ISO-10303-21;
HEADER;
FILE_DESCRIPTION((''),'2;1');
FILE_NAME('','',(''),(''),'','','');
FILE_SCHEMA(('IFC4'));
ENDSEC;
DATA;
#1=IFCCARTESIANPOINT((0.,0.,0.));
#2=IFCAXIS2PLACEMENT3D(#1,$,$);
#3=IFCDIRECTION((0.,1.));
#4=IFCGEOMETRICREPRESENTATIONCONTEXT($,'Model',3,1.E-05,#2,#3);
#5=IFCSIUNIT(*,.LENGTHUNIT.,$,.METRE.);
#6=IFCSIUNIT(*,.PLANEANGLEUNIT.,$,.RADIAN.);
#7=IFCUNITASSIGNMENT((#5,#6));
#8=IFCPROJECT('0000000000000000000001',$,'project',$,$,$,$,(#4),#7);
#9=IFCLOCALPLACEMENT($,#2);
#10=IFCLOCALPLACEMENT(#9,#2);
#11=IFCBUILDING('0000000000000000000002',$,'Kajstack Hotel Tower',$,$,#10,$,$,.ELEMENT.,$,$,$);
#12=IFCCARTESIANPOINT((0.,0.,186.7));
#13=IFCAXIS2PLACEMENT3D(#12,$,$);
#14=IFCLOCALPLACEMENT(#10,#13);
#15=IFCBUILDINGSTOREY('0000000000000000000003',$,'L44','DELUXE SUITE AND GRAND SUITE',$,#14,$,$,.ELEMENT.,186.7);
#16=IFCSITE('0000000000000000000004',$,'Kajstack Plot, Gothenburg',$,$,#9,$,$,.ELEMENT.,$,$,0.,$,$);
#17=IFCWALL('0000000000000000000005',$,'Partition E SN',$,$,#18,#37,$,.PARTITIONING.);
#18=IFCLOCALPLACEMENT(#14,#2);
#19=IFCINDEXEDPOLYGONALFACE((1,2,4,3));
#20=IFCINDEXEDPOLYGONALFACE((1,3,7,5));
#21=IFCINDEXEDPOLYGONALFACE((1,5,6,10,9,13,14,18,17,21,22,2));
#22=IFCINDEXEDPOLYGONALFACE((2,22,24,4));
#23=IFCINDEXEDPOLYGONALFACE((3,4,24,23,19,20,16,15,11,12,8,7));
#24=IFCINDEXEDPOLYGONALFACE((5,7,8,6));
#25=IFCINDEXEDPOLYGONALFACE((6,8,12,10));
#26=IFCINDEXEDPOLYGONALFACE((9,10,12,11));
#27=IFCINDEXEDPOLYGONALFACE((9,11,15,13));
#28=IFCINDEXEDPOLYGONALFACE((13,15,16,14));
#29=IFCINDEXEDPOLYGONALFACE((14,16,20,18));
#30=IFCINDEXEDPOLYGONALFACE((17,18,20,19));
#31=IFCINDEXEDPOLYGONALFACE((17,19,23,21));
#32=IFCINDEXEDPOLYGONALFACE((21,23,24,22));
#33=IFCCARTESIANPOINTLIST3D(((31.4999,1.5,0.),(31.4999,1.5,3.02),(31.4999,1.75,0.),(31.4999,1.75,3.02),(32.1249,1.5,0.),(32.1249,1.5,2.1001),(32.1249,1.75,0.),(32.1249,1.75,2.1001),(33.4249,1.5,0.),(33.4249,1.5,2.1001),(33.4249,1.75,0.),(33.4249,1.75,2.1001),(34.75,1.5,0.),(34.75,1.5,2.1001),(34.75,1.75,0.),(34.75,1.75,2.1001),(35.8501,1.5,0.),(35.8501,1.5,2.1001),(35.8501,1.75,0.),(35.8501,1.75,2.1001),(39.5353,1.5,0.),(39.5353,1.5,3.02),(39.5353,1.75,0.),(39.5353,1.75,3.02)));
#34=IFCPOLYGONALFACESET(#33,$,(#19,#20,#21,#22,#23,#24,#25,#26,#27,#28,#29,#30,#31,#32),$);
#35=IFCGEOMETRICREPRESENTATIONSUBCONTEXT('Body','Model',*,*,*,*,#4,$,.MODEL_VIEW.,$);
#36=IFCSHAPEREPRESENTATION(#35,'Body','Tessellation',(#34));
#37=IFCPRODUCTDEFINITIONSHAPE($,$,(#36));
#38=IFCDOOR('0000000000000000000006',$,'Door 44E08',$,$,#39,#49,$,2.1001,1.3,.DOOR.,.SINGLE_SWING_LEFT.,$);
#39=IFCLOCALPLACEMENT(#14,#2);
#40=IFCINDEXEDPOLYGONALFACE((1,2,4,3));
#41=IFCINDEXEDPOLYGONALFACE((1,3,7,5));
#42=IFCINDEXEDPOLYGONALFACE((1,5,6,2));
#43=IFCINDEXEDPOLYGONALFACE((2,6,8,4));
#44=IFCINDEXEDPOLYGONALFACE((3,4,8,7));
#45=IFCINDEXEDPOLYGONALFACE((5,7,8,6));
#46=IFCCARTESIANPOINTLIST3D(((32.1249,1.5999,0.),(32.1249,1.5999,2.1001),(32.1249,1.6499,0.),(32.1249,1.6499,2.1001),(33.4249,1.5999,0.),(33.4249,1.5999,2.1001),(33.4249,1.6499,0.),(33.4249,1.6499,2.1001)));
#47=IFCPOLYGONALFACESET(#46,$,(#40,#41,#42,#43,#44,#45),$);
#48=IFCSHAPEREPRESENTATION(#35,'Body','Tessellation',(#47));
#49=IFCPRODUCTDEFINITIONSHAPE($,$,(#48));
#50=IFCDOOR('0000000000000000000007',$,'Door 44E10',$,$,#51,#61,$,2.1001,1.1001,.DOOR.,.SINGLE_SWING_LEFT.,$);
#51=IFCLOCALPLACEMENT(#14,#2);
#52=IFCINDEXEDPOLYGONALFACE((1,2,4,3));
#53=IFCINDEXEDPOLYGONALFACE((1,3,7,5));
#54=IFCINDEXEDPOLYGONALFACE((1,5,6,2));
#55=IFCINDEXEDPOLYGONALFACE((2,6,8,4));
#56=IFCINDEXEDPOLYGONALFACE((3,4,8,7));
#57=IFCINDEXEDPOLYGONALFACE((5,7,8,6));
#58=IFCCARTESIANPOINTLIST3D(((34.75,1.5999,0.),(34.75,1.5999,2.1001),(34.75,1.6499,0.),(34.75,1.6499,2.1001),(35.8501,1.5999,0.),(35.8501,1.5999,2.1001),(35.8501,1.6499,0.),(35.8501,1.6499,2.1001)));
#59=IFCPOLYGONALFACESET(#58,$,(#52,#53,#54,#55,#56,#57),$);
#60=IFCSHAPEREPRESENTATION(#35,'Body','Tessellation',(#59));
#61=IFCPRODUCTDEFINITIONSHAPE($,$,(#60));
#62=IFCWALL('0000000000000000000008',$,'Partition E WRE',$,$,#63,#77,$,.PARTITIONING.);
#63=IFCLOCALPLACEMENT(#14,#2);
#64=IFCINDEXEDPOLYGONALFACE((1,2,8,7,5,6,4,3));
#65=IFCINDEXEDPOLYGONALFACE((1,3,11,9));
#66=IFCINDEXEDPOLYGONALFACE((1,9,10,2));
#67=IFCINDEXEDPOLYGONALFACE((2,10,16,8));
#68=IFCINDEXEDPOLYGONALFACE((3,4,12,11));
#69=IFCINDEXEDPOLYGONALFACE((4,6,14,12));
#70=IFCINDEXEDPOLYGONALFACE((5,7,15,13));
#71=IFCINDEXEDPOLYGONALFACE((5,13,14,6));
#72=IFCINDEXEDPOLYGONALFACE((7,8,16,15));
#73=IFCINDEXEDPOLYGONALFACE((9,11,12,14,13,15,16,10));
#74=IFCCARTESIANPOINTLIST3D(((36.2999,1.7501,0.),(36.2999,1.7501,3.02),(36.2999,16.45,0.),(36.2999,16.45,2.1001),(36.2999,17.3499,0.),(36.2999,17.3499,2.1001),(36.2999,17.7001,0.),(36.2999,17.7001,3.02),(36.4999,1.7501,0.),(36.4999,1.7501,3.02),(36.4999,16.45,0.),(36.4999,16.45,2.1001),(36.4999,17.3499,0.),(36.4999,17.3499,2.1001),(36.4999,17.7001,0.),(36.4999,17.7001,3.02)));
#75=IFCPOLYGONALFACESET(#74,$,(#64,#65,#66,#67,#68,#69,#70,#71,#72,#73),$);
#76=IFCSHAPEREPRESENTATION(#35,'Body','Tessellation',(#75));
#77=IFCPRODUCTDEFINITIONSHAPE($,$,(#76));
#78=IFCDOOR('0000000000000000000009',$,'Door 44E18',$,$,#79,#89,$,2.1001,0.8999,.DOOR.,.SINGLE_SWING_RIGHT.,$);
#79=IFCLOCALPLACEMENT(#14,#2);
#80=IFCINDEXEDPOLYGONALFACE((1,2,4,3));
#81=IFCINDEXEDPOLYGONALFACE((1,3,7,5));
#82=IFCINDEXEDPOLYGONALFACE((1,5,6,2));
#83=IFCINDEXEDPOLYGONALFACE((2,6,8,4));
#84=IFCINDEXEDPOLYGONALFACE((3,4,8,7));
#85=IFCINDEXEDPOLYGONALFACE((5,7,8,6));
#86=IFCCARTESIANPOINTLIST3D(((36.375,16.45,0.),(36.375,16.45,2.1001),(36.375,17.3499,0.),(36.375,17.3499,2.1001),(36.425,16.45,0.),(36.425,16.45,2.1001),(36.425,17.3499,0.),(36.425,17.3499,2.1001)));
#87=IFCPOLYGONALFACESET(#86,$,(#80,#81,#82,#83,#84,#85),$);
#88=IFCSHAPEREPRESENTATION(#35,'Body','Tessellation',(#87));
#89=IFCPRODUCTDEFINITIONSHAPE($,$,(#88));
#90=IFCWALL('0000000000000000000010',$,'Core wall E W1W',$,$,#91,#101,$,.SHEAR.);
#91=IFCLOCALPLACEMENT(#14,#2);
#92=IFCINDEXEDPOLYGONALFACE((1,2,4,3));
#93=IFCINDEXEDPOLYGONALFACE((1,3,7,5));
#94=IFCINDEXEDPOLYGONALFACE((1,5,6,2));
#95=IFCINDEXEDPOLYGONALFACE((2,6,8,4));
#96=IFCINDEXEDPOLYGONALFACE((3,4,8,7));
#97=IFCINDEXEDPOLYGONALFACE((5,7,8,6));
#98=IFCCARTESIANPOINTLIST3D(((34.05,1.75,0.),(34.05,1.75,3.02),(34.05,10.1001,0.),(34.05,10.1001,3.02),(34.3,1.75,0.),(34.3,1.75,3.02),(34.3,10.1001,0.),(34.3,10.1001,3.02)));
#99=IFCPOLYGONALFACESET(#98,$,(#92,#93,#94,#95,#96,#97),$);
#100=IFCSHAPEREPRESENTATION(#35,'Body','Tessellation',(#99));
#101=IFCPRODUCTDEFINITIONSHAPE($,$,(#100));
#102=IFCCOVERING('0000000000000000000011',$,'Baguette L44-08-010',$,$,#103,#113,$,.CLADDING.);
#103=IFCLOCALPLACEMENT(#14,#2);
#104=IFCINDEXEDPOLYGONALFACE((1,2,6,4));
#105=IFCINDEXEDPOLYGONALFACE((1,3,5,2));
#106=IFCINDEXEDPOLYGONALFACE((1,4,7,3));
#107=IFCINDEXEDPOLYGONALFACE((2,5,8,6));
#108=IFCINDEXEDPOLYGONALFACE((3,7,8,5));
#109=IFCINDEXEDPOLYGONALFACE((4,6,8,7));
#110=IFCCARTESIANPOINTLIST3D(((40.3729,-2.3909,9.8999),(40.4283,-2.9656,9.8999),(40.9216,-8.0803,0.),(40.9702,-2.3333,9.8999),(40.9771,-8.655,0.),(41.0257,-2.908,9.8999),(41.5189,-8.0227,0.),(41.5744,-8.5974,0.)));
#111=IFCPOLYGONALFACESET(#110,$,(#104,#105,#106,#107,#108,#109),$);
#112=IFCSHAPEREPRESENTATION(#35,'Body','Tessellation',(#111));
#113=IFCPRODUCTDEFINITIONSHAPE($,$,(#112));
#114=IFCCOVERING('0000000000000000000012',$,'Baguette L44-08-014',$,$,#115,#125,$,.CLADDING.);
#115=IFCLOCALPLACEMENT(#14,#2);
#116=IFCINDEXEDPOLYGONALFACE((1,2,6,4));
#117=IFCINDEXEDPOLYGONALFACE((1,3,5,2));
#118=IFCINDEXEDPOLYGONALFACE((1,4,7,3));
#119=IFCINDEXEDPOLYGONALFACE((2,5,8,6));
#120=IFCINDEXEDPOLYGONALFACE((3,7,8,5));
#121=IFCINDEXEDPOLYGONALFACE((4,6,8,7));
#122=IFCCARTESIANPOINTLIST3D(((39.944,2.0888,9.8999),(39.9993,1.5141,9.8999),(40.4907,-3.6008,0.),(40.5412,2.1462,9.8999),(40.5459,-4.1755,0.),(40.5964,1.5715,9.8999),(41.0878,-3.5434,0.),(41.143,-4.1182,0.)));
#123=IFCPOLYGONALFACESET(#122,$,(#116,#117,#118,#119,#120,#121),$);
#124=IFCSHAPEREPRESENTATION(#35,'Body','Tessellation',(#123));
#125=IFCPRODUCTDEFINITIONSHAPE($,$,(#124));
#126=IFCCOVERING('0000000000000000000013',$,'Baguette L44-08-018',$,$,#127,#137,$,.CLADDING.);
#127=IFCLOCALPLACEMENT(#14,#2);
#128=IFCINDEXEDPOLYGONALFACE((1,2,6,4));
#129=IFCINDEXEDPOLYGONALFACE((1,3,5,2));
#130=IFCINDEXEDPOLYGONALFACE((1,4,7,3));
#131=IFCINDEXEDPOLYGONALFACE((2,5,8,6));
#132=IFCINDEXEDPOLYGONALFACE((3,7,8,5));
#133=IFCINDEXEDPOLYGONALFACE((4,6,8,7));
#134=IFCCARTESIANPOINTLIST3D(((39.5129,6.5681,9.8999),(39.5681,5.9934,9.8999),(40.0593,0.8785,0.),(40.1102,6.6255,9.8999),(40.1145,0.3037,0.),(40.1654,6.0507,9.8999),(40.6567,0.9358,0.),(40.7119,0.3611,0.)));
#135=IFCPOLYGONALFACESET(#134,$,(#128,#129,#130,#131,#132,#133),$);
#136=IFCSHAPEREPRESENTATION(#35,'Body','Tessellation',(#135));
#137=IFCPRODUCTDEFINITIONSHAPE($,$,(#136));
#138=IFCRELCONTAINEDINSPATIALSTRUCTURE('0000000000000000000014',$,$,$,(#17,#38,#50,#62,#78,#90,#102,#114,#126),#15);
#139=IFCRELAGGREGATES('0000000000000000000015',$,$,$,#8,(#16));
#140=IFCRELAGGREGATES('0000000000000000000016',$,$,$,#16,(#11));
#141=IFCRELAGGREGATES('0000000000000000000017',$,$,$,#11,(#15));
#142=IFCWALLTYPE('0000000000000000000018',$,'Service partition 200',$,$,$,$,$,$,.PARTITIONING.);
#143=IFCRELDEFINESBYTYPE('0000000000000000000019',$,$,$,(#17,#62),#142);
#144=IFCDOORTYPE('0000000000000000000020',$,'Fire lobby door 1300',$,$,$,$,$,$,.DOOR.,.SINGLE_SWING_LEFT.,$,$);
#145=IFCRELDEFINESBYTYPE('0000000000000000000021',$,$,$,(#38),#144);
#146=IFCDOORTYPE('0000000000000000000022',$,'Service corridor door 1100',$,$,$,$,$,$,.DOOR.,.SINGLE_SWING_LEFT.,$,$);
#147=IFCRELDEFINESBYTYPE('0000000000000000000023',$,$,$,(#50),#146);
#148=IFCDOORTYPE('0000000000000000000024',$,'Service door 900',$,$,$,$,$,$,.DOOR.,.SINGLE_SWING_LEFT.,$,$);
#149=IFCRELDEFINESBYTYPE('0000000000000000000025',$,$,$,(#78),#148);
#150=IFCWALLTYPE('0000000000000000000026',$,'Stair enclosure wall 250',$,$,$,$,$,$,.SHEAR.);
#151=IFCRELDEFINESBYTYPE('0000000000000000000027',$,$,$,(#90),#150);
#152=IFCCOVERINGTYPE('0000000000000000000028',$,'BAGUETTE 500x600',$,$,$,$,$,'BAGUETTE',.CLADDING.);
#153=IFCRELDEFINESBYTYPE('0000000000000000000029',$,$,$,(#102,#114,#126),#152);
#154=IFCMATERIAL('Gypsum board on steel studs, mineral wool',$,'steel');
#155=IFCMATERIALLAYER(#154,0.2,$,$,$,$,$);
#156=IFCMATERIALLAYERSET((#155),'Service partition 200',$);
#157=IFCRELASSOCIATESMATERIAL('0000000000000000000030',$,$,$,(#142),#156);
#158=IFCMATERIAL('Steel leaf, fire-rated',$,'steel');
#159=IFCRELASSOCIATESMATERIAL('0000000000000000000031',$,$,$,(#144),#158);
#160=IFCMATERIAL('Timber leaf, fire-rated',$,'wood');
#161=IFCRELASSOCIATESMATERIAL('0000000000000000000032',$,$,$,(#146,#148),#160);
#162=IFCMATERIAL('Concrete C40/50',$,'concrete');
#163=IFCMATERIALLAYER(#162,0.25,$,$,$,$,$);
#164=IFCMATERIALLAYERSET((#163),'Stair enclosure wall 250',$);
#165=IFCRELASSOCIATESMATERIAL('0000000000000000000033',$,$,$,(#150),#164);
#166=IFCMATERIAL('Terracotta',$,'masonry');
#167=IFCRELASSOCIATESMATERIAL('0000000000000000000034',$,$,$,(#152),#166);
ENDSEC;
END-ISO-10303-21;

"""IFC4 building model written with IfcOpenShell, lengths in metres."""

from ifc_helpers import new_model, si_unit, direction, frame, frame_2d, origin, origin_2d, place, context, subcontext, project, spatial, polyline, rectangle, outline, extrude, material, layer, layer_set, material_profile, profile_set, type_object, element, fill, save


model = new_model("IFC4")

# Units and contexts
model_context = context("Model", 3, precision=1e-05, world=origin(), true_north=direction((0.0, 1.0)))
body_context = subcontext(model_context, "Body", "Model", "MODEL_VIEW")
ifc_project = project(units=[si_unit("LENGTHUNIT", "METRE"), si_unit("PLANEANGLEUNIT", "RADIAN")], contexts=[model_context])

# Site, building, storey
site_placement = place(None, origin())
site = spatial("IfcSite", under=ifc_project, at=site_placement, Name="Kajstack Plot, Gothenburg", CompositionType="ELEMENT", RefElevation=0.0)
building_placement = place(site_placement, origin())
building = spatial("IfcBuilding", under=site, at=building_placement, Name="Kajstack Hotel Tower", CompositionType="ELEMENT")
storey_placement = place(building_placement, frame((0.0, 0.0, 186.7)))
storey = spatial("IfcBuildingStorey", under=building, at=storey_placement, Name="L44", Description="DELUXE SUITE AND GRAND SUITE", CompositionType="ELEMENT", Elevation=186.7)

# Wall, openings, doors
ifc_material_1 = material(Name="Gypsum board on steel studs, mineral wool", Category="steel")
ifc_layer_1 = layer(ifc_material_1, 0.2)
ifc_layer_set_1 = layer_set([ifc_layer_1], Name="Service partition 200")
wall_type_1 = type_object("IfcWallType", Name="Service partition 200", PredefinedType="PARTITIONING", material=ifc_layer_set_1)
wall_1_placement = place(storey_placement, frame((31.5, 1.625, 0.0), z_axis=(0.0, 0.0, 1.0), x_axis=(1.0, 0.0, 0.0)))
wall_1 = element("IfcWall", 1, at=wall_1_placement, inside=storey, type_object=wall_type_1, Name="Partition E SN", PredefinedType="PARTITIONING", context=body_context, shape_type="SweptSolid", body=[
    extrude(rectangle(XDim=8.0354, YDim=0.25, at=frame_2d((4.0176, 0.0))), origin(), (0.0, 0.0, 1.0), 3.02),
])
opening_1_placement = place(wall_1_placement, frame((0.625, 0.0, 0.0)))
opening_1 = element("IfcOpeningElement", 2, at=opening_1_placement, cuts=wall_1, PredefinedType="OPENING", context=body_context, shape_type="SweptSolid", body=[
    extrude(rectangle(XDim=1.3, YDim=2.1001, at=frame_2d((0.6499, 1.05))), frame((0.0, 0.135, 0.0), z_axis=(0.0, -1.0, 0.0), x_axis=(1.0, 0.0, 0.0)), (0.0, 0.0, 1.0), 0.27),
])
opening_2_placement = place(wall_1_placement, frame((3.25, 0.0, 0.0)))
opening_2 = element("IfcOpeningElement", 3, at=opening_2_placement, cuts=wall_1, PredefinedType="OPENING", context=body_context, shape_type="SweptSolid", body=[
    extrude(rectangle(XDim=1.1001, YDim=2.1001, at=frame_2d((0.55, 1.05))), frame((0.0, 0.135, 0.0), z_axis=(0.0, -1.0, 0.0), x_axis=(1.0, 0.0, 0.0)), (0.0, 0.0, 1.0), 0.27),
])
ifc_material_2 = material(Name="Steel leaf, fire-rated", Category="steel")
door_type_1 = type_object("IfcDoorType", Name="Fire lobby door 1300", OperationType="SINGLE_SWING_LEFT", PredefinedType="DOOR", material=ifc_material_2)
door_1_placement = place(opening_1_placement, origin())
door_1 = element("IfcDoor", 4, at=door_1_placement, inside=storey, type_object=door_type_1, Name="Door 44E08", OperationType="SINGLE_SWING_LEFT", OverallHeight=2.1001, OverallWidth=1.3, PredefinedType="DOOR", context=body_context, shape_type="SweptSolid", body=[
    extrude(rectangle(XDim=1.3, YDim=2.1001, at=frame_2d((0.6499, 1.05))), frame((0.0, 0.0249, 0.0), z_axis=(0.0, -1.0, 0.0), x_axis=(1.0, 0.0, 0.0)), (0.0, 0.0, 1.0), 0.05),
])
fill(opening_1, door_1)
ifc_material_3 = material(Name="Timber leaf, fire-rated", Category="wood")
door_type_2 = type_object("IfcDoorType", Name="Service corridor door 1100", OperationType="SINGLE_SWING_LEFT", PredefinedType="DOOR", material=ifc_material_3)
door_2_placement = place(opening_2_placement, origin())
door_2 = element("IfcDoor", 5, at=door_2_placement, inside=storey, type_object=door_type_2, Name="Door 44E10", OperationType="SINGLE_SWING_LEFT", OverallHeight=2.1001, OverallWidth=1.1001, PredefinedType="DOOR", context=body_context, shape_type="SweptSolid", body=[
    extrude(rectangle(XDim=1.1001, YDim=2.1001, at=frame_2d((0.55, 1.05))), frame((0.0, 0.0249, 0.0), z_axis=(0.0, -1.0, 0.0), x_axis=(1.0, 0.0, 0.0)), (0.0, 0.0, 1.0), 0.05),
])
fill(opening_2, door_2)

# Wall, opening, door
wall_2_placement = place(storey_placement, frame((36.3999, 1.75, 0.0), z_axis=(0.0, 0.0, 1.0), x_axis=(0.0, 1.0, 0.0)))
wall_2 = element("IfcWall", 6, at=wall_2_placement, inside=storey, type_object=wall_type_1, Name="Partition E WRE", PredefinedType="PARTITIONING", context=body_context, shape_type="SweptSolid", body=[
    extrude(rectangle(XDim=15.95, YDim=0.2, at=frame_2d((7.9751, 0.0))), origin(), (0.0, 0.0, 1.0), 3.02),
])
opening_3_placement = place(wall_2_placement, frame((14.7, 0.0, 0.0)))
opening_3 = element("IfcOpeningElement", 7, at=opening_3_placement, cuts=wall_2, PredefinedType="OPENING", context=body_context, shape_type="SweptSolid", body=[
    extrude(rectangle(XDim=0.8999, YDim=2.1001, at=frame_2d((0.45, 1.05))), frame((0.0, 0.1099, 0.0), z_axis=(0.0, -1.0, 0.0), x_axis=(1.0, 0.0, 0.0)), (0.0, 0.0, 1.0), 0.22),
])
door_type_3 = type_object("IfcDoorType", Name="Service door 900", OperationType="SINGLE_SWING_LEFT", PredefinedType="DOOR", material=ifc_material_3)
door_3_placement = place(opening_3_placement, origin())
door_3 = element("IfcDoor", 8, at=door_3_placement, inside=storey, type_object=door_type_3, Name="Door 44E18", OperationType="SINGLE_SWING_RIGHT", OverallHeight=2.1001, OverallWidth=0.8999, PredefinedType="DOOR", context=body_context, shape_type="SweptSolid", body=[
    extrude(rectangle(XDim=0.8999, YDim=2.1001, at=frame_2d((0.45, 1.05))), frame((0.0, 0.0249, 0.0), z_axis=(0.0, -1.0, 0.0), x_axis=(1.0, 0.0, 0.0)), (0.0, 0.0, 1.0), 0.05),
])
fill(opening_3, door_3)

# Wall
ifc_material_4 = material(Name="Concrete C40/50", Category="concrete")
ifc_layer_2 = layer(ifc_material_4, 0.25)
ifc_layer_set_2 = layer_set([ifc_layer_2], Name="Stair enclosure wall 250")
wall_type_2 = type_object("IfcWallType", Name="Stair enclosure wall 250", PredefinedType="SHEAR", material=ifc_layer_set_2)
wall_3_placement = place(storey_placement, frame((34.175, 1.75, 0.0), z_axis=(0.0, 0.0, 1.0), x_axis=(0.0, 1.0, 0.0)))
element("IfcWall", 9, at=wall_3_placement, inside=storey, type_object=wall_type_2, Name="Core wall E W1W", PredefinedType="SHEAR", context=body_context, shape_type="SweptSolid", body=[
    extrude(rectangle(XDim=8.3501, YDim=0.25, at=frame_2d((4.175, 0.0))), origin(), (0.0, 0.0, 1.0), 3.02),
])

# Coverings
ifc_material_5 = material(Name="Terracotta", Category="masonry")
ifc_material_profile = material_profile(ifc_material_5, rectangle(XDim=0.6001, YDim=0.5, at=origin_2d()), Name="Terracotta-clad concrete baguette 500 x 600")
ifc_profile_set = profile_set([ifc_material_profile], Name="Terracotta")
covering_type = type_object("IfcCoveringType", Name="BAGUETTE 500x600", ElementType="BAGUETTE", PredefinedType="CLADDING", material=ifc_profile_set)
covering_1_placement = place(storey_placement, frame((40.9771, -8.655, 0.0), z_axis=(0.995381, 0.095999, 0.0), x_axis=(-0.095999, 0.995381, 0.0)))
element("IfcCovering", 10, at=covering_1_placement, inside=storey, type_object=covering_type, Name="Baguette L44-08-010", PredefinedType="CLADDING", context=body_context, shape_type="SweptSolid", body=[
    extrude(outline(polyline([(5.7158, 9.8999), (0.0, 0.0), (0.5774, 0.0), (6.2932, 9.8999), (5.7158, 9.8999)])), origin(), (0.0, 0.0, 1.0), 0.6001),
])
covering_2_placement = place(storey_placement, frame((40.5459, -4.1755, 0.0), z_axis=(0.995416, 0.095635, 0.0), x_axis=(-0.095635, 0.995416, 0.0)))
element("IfcCovering", 11, at=covering_2_placement, inside=storey, type_object=covering_type, Name="Baguette L44-08-014", PredefinedType="CLADDING", context=body_context, shape_type="SweptSolid", body=[
    extrude(outline(polyline([(5.7158, 9.8999), (0.0, 0.0), (0.5774, 0.0), (6.2932, 9.8999), (5.7158, 9.8999)])), origin(), (0.0, 0.0, 1.0), 0.5999),
])
covering_3_placement = place(storey_placement, frame((40.1145, 0.3037, 0.0), z_axis=(0.99542, 0.095596, 0.0), x_axis=(-0.095596, 0.99542, 0.0)))
element("IfcCovering", 12, at=covering_3_placement, inside=storey, type_object=covering_type, Name="Baguette L44-08-018", PredefinedType="CLADDING", context=body_context, shape_type="SweptSolid", body=[
    extrude(outline(polyline([(5.7158, 9.8999), (0.0, 0.0), (0.5774, 0.0), (6.2932, 9.8999), (5.7158, 9.8999)])), origin(), (0.0, 0.0, 1.0), 0.6001),
])

save(model, "model.ifc")
